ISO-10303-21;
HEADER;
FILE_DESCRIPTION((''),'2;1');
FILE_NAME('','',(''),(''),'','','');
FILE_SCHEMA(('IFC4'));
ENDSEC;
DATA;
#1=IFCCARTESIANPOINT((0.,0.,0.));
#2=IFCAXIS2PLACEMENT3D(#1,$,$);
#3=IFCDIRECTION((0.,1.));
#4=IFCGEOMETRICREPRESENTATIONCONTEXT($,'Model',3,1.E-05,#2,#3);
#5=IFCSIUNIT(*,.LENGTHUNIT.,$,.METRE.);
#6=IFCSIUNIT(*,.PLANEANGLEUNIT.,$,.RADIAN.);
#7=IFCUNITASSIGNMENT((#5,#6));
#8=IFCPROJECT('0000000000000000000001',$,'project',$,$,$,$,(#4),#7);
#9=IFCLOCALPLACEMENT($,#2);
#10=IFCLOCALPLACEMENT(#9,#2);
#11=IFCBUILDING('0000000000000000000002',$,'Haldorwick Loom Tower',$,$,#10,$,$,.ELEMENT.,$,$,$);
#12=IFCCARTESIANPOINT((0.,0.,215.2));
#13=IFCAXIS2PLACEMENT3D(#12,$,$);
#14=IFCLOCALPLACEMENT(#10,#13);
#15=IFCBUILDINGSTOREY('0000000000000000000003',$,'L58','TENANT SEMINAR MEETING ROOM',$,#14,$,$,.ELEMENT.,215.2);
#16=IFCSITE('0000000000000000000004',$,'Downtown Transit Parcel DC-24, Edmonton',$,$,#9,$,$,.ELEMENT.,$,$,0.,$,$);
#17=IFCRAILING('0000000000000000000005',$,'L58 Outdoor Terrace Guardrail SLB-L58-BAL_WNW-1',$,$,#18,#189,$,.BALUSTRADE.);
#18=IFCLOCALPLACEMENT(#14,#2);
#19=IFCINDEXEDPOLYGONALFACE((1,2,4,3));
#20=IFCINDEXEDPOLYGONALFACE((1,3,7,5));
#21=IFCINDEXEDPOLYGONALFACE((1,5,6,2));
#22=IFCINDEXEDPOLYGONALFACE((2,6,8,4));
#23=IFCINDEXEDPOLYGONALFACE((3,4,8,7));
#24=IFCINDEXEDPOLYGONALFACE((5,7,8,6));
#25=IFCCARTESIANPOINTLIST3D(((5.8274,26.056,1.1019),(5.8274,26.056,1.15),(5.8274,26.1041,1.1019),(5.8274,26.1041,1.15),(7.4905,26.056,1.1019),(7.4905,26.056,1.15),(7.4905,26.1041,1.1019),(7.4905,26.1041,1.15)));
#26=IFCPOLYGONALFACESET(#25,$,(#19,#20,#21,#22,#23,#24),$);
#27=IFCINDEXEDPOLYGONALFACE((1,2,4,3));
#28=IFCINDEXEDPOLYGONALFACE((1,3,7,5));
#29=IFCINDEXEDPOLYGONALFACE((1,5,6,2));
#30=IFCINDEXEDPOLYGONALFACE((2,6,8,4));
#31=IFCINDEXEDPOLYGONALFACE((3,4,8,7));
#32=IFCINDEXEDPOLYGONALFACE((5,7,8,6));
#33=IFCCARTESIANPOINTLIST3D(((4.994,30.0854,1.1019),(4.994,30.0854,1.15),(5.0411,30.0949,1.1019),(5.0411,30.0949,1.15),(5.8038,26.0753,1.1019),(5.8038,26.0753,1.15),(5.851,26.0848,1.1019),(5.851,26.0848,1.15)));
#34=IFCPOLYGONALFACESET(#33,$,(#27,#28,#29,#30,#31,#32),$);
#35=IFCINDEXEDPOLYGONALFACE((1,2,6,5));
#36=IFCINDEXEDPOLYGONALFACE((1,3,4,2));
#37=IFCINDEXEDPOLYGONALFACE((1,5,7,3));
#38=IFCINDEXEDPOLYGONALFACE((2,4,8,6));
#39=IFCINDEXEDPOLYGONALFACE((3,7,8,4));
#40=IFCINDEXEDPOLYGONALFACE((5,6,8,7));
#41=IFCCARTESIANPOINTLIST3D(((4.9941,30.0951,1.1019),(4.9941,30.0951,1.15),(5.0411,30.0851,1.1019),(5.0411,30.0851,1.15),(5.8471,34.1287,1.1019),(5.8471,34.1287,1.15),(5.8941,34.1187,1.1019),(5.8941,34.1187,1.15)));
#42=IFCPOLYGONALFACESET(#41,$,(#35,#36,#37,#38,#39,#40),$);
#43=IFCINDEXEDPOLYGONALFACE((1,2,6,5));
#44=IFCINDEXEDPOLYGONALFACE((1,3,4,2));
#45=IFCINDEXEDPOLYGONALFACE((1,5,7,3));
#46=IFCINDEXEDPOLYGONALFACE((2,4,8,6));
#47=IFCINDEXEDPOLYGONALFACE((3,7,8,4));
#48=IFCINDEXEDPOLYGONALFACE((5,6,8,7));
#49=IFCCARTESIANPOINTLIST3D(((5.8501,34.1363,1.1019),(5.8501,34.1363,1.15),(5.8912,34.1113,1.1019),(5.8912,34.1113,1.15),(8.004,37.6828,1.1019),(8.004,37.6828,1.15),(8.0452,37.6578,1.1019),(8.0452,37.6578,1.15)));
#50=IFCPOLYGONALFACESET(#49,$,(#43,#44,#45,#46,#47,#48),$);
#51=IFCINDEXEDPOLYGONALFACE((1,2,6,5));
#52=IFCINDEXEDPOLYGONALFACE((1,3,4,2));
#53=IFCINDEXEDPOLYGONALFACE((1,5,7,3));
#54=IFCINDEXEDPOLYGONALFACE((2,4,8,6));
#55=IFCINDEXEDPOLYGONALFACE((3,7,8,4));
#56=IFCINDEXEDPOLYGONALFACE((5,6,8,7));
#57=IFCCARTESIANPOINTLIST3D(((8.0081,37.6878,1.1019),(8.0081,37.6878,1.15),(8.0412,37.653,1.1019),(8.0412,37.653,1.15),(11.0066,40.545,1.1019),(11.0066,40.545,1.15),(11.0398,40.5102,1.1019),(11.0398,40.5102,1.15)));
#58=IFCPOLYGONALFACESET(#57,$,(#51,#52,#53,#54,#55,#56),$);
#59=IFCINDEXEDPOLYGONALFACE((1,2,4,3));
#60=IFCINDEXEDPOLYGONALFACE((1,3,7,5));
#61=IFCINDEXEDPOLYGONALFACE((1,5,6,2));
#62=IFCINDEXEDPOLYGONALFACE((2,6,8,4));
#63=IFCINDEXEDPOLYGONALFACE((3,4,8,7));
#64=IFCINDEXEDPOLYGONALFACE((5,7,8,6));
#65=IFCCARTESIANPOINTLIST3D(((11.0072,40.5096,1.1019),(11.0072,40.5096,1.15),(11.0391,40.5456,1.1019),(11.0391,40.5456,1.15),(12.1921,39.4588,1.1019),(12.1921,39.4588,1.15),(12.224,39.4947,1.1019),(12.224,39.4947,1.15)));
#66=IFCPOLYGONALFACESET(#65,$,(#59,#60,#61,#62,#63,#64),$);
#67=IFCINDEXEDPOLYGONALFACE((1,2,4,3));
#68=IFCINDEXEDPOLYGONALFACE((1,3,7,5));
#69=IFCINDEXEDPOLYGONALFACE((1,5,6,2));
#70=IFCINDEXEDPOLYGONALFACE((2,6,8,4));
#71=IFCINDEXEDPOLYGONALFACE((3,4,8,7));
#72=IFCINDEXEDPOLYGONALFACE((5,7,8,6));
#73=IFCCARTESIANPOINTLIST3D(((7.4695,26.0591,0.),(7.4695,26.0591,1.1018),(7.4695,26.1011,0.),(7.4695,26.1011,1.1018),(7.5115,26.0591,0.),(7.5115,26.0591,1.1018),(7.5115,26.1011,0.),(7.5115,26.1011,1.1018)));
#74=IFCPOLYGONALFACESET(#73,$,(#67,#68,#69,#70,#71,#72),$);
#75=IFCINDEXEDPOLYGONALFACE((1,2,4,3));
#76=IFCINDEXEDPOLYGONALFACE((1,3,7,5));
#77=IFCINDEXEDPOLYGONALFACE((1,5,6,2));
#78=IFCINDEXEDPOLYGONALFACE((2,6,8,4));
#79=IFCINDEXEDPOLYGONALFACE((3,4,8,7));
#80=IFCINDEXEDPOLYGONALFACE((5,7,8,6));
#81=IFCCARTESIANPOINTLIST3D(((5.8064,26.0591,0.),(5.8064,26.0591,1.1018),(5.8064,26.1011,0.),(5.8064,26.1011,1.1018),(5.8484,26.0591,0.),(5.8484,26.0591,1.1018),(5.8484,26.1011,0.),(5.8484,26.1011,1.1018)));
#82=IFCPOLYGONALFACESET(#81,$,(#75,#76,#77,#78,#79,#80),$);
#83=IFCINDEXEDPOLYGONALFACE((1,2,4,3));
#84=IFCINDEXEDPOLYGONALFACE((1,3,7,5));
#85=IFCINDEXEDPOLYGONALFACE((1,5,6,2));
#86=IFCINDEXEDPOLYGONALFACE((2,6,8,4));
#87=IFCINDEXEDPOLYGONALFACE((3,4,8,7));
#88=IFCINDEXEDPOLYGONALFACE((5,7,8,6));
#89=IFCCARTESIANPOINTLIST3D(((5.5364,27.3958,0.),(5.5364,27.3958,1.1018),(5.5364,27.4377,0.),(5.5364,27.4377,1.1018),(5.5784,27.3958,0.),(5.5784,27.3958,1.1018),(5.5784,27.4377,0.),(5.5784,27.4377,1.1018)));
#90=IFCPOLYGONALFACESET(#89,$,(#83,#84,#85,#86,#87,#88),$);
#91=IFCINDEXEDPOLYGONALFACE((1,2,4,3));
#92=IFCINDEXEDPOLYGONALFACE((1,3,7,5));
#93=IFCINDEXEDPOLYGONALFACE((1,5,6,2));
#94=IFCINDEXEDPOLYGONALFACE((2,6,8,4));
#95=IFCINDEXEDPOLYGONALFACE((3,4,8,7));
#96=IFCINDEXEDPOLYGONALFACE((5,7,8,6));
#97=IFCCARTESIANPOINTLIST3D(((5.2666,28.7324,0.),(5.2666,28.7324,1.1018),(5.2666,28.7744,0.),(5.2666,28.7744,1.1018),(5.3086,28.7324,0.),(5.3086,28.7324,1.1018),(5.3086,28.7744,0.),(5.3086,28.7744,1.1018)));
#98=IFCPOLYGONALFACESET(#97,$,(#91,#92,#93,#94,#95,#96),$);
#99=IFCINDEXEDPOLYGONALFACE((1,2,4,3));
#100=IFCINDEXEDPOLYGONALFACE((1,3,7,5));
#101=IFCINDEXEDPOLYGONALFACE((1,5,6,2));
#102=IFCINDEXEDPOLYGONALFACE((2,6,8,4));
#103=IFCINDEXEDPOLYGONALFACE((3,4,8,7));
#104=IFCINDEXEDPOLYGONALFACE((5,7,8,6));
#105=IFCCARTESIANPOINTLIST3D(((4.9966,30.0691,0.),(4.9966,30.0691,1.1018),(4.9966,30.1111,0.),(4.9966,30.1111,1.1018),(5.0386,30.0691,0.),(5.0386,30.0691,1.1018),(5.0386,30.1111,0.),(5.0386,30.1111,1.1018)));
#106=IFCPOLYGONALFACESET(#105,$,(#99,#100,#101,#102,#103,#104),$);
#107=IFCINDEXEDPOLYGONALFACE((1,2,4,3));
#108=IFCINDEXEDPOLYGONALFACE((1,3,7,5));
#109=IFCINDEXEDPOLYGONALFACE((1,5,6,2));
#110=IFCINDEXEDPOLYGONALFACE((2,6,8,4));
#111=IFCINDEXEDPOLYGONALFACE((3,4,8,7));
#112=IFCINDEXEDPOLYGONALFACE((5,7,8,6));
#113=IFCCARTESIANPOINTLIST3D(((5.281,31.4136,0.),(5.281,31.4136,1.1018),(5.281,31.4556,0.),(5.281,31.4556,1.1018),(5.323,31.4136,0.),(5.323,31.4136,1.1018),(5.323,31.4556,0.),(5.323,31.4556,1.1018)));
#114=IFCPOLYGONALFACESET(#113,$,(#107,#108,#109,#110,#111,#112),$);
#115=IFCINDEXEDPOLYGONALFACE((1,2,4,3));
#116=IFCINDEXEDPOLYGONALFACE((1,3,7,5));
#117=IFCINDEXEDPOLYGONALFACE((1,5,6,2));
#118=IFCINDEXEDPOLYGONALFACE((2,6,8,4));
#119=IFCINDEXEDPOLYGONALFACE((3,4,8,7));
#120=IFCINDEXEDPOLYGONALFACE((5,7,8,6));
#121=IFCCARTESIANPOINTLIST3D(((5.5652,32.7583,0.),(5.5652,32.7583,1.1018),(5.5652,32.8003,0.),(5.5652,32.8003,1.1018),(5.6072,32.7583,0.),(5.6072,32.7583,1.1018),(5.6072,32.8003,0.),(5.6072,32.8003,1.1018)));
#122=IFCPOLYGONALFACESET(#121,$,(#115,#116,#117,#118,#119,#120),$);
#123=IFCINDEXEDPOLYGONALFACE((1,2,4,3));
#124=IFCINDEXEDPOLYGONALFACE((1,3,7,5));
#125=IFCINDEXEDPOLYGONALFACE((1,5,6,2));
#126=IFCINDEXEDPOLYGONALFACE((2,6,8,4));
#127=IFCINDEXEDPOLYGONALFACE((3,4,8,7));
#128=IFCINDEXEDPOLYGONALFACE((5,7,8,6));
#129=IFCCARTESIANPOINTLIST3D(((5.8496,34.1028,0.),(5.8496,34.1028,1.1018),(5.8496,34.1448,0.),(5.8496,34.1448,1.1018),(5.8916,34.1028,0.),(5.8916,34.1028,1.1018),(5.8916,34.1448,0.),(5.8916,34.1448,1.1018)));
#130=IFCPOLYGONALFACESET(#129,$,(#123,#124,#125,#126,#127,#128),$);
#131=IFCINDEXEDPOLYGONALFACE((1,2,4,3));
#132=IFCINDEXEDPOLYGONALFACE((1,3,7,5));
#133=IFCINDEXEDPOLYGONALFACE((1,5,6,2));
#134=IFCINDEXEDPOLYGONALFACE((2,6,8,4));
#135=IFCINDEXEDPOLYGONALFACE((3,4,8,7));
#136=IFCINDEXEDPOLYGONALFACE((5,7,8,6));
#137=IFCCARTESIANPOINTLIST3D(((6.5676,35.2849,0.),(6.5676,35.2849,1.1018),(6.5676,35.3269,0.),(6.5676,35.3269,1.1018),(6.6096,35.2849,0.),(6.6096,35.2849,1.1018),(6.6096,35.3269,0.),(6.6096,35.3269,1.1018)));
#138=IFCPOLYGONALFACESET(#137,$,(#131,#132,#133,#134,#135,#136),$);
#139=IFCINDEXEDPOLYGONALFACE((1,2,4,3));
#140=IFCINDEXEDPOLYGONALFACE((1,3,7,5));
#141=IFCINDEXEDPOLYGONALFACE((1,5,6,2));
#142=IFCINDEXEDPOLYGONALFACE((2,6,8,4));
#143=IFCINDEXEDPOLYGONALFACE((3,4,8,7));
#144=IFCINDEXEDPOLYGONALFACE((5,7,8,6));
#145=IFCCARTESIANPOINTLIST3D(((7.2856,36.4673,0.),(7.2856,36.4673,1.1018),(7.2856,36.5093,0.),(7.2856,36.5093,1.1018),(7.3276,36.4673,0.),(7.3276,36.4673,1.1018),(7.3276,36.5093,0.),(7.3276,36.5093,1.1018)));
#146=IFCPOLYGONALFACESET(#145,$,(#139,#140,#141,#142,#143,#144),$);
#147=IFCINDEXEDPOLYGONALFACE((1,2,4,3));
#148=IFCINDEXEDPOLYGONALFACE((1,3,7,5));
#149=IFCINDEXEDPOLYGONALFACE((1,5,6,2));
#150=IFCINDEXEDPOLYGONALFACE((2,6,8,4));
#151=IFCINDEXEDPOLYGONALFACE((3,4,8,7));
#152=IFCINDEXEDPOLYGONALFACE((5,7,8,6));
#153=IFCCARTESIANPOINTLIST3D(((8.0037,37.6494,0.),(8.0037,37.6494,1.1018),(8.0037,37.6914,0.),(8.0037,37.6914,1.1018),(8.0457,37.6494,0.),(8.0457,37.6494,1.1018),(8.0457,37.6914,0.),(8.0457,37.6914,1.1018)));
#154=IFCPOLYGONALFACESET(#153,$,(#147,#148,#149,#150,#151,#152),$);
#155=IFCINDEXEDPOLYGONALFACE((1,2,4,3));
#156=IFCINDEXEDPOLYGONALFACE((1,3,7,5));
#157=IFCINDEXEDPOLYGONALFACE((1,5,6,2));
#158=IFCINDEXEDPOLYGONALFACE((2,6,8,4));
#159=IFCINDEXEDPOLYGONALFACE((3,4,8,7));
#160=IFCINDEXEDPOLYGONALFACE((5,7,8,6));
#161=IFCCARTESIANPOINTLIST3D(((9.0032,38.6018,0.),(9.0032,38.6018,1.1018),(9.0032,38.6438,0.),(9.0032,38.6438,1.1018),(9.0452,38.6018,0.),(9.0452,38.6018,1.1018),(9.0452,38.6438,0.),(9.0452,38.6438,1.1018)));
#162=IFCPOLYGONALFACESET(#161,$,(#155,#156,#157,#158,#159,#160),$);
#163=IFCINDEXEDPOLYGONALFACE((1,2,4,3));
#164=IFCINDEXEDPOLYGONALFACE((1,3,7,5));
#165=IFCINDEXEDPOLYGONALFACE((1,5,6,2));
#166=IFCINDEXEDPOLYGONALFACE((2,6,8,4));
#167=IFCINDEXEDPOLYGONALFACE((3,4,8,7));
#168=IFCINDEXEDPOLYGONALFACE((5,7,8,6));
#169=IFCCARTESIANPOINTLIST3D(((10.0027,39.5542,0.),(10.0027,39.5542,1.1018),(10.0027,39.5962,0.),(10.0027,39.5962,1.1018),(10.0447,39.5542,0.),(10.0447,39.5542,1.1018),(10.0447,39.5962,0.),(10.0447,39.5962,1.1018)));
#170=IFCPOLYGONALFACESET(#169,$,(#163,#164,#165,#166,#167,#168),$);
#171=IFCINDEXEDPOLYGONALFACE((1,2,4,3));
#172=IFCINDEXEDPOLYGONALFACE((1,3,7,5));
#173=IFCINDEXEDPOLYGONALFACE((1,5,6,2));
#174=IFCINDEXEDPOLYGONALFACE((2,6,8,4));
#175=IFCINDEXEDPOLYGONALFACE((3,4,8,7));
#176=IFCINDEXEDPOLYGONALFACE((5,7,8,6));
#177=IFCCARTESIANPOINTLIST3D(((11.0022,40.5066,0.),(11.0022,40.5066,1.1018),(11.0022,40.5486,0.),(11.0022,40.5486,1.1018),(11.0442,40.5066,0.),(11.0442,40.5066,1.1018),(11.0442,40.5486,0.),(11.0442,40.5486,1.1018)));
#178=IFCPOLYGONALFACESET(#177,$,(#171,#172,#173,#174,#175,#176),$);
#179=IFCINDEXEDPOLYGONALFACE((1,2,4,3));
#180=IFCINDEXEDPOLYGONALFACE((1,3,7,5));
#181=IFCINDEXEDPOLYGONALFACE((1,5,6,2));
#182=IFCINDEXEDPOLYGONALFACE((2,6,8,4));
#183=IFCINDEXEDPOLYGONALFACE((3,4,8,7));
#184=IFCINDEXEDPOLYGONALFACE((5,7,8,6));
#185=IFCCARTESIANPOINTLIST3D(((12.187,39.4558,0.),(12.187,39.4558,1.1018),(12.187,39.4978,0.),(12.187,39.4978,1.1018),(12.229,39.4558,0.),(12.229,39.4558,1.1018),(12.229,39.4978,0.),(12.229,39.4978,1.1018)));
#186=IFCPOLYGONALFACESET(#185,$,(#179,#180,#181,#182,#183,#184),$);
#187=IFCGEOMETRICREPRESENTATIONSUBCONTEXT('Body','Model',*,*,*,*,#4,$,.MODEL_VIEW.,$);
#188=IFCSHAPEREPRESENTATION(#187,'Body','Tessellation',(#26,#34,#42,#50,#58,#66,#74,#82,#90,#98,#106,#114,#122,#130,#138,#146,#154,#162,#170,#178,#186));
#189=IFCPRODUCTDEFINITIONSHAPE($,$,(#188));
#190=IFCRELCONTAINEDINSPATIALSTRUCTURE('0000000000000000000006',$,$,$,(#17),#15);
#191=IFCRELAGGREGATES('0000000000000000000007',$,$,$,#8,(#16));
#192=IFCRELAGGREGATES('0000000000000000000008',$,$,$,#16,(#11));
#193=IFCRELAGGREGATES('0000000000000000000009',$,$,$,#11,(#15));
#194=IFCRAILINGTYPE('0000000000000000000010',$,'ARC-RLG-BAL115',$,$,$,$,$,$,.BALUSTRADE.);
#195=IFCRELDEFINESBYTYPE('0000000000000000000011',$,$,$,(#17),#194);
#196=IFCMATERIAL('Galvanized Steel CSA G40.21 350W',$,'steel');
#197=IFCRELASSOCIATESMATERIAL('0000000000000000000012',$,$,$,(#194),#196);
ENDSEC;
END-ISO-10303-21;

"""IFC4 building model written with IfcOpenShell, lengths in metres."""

from ifc_helpers import new_model, si_unit, direction, frame, origin, origin_2d, place, context, subcontext, project, spatial, rectangle, extrude, material, type_object, element, save


model = new_model("IFC4")

# Units and contexts
model_context = context("Model", 3, precision=1e-05, world=origin(), true_north=direction((0.0, 1.0)))
body_context = subcontext(model_context, "Body", "Model", "MODEL_VIEW")
ifc_project = project(units=[si_unit("LENGTHUNIT", "METRE"), si_unit("PLANEANGLEUNIT", "RADIAN")], contexts=[model_context])

# Site, building, storey
site_placement = place(None, origin())
site = spatial("IfcSite", under=ifc_project, at=site_placement, Name="Downtown Transit Parcel DC-24, Edmonton", CompositionType="ELEMENT", RefElevation=0.0)
building_placement = place(site_placement, origin())
building = spatial("IfcBuilding", under=site, at=building_placement, Name="Haldorwick Loom Tower", CompositionType="ELEMENT")
storey_placement = place(building_placement, frame((0.0, 0.0, 215.2)))
storey = spatial("IfcBuildingStorey", under=building, at=storey_placement, Name="L58", Description="TENANT SEMINAR MEETING ROOM", CompositionType="ELEMENT", Elevation=215.2)

# Railing
ifc_material_1 = material(Name="Galvanized Steel CSA G40.21 350W", Category="steel")
railing_type = type_object("IfcRailingType", Name="ARC-RLG-BAL115", PredefinedType="BALUSTRADE", material=ifc_material_1)
railing_placement = place(storey_placement, frame((7.4905, 26.0801, 0.0)))
element("IfcRailing", 1, at=railing_placement, inside=storey, type_object=railing_type, Name="L58 Outdoor Terrace Guardrail SLB-L58-BAL_WNW-1", PredefinedType="BALUSTRADE", context=body_context, shape_type="SweptSolid", body=[
    extrude(rectangle(XDim=0.0481, YDim=0.0481, at=origin_2d()), frame((0.0, 0.0, 1.126), z_axis=(-1.0, 0.0, 0.0), x_axis=(0.0, -1.0, 0.0)), (0.0, 0.0, 1.0), 1.6631),
    extrude(rectangle(XDim=0.0481, YDim=0.0481, at=origin_2d()), frame((-1.6631, 0.0, 1.126), z_axis=(-0.197952, 0.980212, 0.0), x_axis=(-0.980212, -0.197952, 0.0)), (0.0, 0.0, 1.0), 4.0911),
    extrude(rectangle(XDim=0.0481, YDim=0.0481, at=origin_2d()), frame((-2.4729, 4.01, 1.126), z_axis=(0.2069, 0.978362, 0.0), x_axis=(-0.978362, 0.2069, 0.0)), (0.0, 0.0, 1.0), 4.1228),
    extrude(rectangle(XDim=0.0481, YDim=0.0481, at=origin_2d()), frame((-1.6199, 8.0437, 1.126), z_axis=(0.519109, 0.854708, 0.0), x_axis=(-0.854708, 0.519109, 0.0)), (0.0, 0.0, 1.0), 4.1494),
    extrude(rectangle(XDim=0.0481, YDim=0.0481, at=origin_2d()), frame((0.5342, 11.5903, 1.126), z_axis=(0.723965, 0.689836, 0.0), x_axis=(-0.689836, 0.723965, 0.0)), (0.0, 0.0, 1.0), 4.1418),
    extrude(rectangle(XDim=0.0481, YDim=0.0481, at=origin_2d()), frame((3.5327, 14.4475, 1.126), z_axis=(0.748157, -0.663521, 0.0), x_axis=(0.663521, 0.748157, 0.0)), (0.0, 0.0, 1.0), 1.5837),
    extrude(rectangle(XDim=0.042, YDim=0.042, at=origin_2d()), origin(), (0.0, 0.0, 1.0), 1.1018),
    extrude(rectangle(XDim=0.042, YDim=0.042, at=origin_2d()), frame((-1.6631, 0.0, 0.0)), (0.0, 0.0, 1.0), 1.1018),
    extrude(rectangle(XDim=0.042, YDim=0.042, at=origin_2d()), frame((-1.9331, 1.3367, 0.0)), (0.0, 0.0, 1.0), 1.1018),
    extrude(rectangle(XDim=0.042, YDim=0.042, at=origin_2d()), frame((-2.2029, 2.6733, 0.0)), (0.0, 0.0, 1.0), 1.1018),
    extrude(rectangle(XDim=0.042, YDim=0.042, at=origin_2d()), frame((-2.4729, 4.01, 0.0)), (0.0, 0.0, 1.0), 1.1018),
    extrude(rectangle(XDim=0.042, YDim=0.042, at=origin_2d()), frame((-2.1885, 5.3545, 0.0)), (0.0, 0.0, 1.0), 1.1018),
    extrude(rectangle(XDim=0.042, YDim=0.042, at=origin_2d()), frame((-1.9043, 6.6992, 0.0)), (0.0, 0.0, 1.0), 1.1018),
    extrude(rectangle(XDim=0.042, YDim=0.042, at=origin_2d()), frame((-1.6199, 8.0437, 0.0)), (0.0, 0.0, 1.0), 1.1018),
    extrude(rectangle(XDim=0.042, YDim=0.042, at=origin_2d()), frame((-0.9019, 9.2258, 0.0)), (0.0, 0.0, 1.0), 1.1018),
    extrude(rectangle(XDim=0.042, YDim=0.042, at=origin_2d()), frame((-0.1838, 10.4082, 0.0)), (0.0, 0.0, 1.0), 1.1018),
    extrude(rectangle(XDim=0.042, YDim=0.042, at=origin_2d()), frame((0.5342, 11.5903, 0.0)), (0.0, 0.0, 1.0), 1.1018),
    extrude(rectangle(XDim=0.042, YDim=0.042, at=origin_2d()), frame((1.5337, 12.5427, 0.0)), (0.0, 0.0, 1.0), 1.1018),
    extrude(rectangle(XDim=0.042, YDim=0.042, at=origin_2d()), frame((2.5332, 13.4951, 0.0)), (0.0, 0.0, 1.0), 1.1018),
    extrude(rectangle(XDim=0.042, YDim=0.042, at=origin_2d()), frame((3.5327, 14.4475, 0.0)), (0.0, 0.0, 1.0), 1.1018),
    extrude(rectangle(XDim=0.042, YDim=0.042, at=origin_2d()), frame((4.7175, 13.3967, 0.0)), (0.0, 0.0, 1.0), 1.1018),
])

save(model, "model.ifc")
